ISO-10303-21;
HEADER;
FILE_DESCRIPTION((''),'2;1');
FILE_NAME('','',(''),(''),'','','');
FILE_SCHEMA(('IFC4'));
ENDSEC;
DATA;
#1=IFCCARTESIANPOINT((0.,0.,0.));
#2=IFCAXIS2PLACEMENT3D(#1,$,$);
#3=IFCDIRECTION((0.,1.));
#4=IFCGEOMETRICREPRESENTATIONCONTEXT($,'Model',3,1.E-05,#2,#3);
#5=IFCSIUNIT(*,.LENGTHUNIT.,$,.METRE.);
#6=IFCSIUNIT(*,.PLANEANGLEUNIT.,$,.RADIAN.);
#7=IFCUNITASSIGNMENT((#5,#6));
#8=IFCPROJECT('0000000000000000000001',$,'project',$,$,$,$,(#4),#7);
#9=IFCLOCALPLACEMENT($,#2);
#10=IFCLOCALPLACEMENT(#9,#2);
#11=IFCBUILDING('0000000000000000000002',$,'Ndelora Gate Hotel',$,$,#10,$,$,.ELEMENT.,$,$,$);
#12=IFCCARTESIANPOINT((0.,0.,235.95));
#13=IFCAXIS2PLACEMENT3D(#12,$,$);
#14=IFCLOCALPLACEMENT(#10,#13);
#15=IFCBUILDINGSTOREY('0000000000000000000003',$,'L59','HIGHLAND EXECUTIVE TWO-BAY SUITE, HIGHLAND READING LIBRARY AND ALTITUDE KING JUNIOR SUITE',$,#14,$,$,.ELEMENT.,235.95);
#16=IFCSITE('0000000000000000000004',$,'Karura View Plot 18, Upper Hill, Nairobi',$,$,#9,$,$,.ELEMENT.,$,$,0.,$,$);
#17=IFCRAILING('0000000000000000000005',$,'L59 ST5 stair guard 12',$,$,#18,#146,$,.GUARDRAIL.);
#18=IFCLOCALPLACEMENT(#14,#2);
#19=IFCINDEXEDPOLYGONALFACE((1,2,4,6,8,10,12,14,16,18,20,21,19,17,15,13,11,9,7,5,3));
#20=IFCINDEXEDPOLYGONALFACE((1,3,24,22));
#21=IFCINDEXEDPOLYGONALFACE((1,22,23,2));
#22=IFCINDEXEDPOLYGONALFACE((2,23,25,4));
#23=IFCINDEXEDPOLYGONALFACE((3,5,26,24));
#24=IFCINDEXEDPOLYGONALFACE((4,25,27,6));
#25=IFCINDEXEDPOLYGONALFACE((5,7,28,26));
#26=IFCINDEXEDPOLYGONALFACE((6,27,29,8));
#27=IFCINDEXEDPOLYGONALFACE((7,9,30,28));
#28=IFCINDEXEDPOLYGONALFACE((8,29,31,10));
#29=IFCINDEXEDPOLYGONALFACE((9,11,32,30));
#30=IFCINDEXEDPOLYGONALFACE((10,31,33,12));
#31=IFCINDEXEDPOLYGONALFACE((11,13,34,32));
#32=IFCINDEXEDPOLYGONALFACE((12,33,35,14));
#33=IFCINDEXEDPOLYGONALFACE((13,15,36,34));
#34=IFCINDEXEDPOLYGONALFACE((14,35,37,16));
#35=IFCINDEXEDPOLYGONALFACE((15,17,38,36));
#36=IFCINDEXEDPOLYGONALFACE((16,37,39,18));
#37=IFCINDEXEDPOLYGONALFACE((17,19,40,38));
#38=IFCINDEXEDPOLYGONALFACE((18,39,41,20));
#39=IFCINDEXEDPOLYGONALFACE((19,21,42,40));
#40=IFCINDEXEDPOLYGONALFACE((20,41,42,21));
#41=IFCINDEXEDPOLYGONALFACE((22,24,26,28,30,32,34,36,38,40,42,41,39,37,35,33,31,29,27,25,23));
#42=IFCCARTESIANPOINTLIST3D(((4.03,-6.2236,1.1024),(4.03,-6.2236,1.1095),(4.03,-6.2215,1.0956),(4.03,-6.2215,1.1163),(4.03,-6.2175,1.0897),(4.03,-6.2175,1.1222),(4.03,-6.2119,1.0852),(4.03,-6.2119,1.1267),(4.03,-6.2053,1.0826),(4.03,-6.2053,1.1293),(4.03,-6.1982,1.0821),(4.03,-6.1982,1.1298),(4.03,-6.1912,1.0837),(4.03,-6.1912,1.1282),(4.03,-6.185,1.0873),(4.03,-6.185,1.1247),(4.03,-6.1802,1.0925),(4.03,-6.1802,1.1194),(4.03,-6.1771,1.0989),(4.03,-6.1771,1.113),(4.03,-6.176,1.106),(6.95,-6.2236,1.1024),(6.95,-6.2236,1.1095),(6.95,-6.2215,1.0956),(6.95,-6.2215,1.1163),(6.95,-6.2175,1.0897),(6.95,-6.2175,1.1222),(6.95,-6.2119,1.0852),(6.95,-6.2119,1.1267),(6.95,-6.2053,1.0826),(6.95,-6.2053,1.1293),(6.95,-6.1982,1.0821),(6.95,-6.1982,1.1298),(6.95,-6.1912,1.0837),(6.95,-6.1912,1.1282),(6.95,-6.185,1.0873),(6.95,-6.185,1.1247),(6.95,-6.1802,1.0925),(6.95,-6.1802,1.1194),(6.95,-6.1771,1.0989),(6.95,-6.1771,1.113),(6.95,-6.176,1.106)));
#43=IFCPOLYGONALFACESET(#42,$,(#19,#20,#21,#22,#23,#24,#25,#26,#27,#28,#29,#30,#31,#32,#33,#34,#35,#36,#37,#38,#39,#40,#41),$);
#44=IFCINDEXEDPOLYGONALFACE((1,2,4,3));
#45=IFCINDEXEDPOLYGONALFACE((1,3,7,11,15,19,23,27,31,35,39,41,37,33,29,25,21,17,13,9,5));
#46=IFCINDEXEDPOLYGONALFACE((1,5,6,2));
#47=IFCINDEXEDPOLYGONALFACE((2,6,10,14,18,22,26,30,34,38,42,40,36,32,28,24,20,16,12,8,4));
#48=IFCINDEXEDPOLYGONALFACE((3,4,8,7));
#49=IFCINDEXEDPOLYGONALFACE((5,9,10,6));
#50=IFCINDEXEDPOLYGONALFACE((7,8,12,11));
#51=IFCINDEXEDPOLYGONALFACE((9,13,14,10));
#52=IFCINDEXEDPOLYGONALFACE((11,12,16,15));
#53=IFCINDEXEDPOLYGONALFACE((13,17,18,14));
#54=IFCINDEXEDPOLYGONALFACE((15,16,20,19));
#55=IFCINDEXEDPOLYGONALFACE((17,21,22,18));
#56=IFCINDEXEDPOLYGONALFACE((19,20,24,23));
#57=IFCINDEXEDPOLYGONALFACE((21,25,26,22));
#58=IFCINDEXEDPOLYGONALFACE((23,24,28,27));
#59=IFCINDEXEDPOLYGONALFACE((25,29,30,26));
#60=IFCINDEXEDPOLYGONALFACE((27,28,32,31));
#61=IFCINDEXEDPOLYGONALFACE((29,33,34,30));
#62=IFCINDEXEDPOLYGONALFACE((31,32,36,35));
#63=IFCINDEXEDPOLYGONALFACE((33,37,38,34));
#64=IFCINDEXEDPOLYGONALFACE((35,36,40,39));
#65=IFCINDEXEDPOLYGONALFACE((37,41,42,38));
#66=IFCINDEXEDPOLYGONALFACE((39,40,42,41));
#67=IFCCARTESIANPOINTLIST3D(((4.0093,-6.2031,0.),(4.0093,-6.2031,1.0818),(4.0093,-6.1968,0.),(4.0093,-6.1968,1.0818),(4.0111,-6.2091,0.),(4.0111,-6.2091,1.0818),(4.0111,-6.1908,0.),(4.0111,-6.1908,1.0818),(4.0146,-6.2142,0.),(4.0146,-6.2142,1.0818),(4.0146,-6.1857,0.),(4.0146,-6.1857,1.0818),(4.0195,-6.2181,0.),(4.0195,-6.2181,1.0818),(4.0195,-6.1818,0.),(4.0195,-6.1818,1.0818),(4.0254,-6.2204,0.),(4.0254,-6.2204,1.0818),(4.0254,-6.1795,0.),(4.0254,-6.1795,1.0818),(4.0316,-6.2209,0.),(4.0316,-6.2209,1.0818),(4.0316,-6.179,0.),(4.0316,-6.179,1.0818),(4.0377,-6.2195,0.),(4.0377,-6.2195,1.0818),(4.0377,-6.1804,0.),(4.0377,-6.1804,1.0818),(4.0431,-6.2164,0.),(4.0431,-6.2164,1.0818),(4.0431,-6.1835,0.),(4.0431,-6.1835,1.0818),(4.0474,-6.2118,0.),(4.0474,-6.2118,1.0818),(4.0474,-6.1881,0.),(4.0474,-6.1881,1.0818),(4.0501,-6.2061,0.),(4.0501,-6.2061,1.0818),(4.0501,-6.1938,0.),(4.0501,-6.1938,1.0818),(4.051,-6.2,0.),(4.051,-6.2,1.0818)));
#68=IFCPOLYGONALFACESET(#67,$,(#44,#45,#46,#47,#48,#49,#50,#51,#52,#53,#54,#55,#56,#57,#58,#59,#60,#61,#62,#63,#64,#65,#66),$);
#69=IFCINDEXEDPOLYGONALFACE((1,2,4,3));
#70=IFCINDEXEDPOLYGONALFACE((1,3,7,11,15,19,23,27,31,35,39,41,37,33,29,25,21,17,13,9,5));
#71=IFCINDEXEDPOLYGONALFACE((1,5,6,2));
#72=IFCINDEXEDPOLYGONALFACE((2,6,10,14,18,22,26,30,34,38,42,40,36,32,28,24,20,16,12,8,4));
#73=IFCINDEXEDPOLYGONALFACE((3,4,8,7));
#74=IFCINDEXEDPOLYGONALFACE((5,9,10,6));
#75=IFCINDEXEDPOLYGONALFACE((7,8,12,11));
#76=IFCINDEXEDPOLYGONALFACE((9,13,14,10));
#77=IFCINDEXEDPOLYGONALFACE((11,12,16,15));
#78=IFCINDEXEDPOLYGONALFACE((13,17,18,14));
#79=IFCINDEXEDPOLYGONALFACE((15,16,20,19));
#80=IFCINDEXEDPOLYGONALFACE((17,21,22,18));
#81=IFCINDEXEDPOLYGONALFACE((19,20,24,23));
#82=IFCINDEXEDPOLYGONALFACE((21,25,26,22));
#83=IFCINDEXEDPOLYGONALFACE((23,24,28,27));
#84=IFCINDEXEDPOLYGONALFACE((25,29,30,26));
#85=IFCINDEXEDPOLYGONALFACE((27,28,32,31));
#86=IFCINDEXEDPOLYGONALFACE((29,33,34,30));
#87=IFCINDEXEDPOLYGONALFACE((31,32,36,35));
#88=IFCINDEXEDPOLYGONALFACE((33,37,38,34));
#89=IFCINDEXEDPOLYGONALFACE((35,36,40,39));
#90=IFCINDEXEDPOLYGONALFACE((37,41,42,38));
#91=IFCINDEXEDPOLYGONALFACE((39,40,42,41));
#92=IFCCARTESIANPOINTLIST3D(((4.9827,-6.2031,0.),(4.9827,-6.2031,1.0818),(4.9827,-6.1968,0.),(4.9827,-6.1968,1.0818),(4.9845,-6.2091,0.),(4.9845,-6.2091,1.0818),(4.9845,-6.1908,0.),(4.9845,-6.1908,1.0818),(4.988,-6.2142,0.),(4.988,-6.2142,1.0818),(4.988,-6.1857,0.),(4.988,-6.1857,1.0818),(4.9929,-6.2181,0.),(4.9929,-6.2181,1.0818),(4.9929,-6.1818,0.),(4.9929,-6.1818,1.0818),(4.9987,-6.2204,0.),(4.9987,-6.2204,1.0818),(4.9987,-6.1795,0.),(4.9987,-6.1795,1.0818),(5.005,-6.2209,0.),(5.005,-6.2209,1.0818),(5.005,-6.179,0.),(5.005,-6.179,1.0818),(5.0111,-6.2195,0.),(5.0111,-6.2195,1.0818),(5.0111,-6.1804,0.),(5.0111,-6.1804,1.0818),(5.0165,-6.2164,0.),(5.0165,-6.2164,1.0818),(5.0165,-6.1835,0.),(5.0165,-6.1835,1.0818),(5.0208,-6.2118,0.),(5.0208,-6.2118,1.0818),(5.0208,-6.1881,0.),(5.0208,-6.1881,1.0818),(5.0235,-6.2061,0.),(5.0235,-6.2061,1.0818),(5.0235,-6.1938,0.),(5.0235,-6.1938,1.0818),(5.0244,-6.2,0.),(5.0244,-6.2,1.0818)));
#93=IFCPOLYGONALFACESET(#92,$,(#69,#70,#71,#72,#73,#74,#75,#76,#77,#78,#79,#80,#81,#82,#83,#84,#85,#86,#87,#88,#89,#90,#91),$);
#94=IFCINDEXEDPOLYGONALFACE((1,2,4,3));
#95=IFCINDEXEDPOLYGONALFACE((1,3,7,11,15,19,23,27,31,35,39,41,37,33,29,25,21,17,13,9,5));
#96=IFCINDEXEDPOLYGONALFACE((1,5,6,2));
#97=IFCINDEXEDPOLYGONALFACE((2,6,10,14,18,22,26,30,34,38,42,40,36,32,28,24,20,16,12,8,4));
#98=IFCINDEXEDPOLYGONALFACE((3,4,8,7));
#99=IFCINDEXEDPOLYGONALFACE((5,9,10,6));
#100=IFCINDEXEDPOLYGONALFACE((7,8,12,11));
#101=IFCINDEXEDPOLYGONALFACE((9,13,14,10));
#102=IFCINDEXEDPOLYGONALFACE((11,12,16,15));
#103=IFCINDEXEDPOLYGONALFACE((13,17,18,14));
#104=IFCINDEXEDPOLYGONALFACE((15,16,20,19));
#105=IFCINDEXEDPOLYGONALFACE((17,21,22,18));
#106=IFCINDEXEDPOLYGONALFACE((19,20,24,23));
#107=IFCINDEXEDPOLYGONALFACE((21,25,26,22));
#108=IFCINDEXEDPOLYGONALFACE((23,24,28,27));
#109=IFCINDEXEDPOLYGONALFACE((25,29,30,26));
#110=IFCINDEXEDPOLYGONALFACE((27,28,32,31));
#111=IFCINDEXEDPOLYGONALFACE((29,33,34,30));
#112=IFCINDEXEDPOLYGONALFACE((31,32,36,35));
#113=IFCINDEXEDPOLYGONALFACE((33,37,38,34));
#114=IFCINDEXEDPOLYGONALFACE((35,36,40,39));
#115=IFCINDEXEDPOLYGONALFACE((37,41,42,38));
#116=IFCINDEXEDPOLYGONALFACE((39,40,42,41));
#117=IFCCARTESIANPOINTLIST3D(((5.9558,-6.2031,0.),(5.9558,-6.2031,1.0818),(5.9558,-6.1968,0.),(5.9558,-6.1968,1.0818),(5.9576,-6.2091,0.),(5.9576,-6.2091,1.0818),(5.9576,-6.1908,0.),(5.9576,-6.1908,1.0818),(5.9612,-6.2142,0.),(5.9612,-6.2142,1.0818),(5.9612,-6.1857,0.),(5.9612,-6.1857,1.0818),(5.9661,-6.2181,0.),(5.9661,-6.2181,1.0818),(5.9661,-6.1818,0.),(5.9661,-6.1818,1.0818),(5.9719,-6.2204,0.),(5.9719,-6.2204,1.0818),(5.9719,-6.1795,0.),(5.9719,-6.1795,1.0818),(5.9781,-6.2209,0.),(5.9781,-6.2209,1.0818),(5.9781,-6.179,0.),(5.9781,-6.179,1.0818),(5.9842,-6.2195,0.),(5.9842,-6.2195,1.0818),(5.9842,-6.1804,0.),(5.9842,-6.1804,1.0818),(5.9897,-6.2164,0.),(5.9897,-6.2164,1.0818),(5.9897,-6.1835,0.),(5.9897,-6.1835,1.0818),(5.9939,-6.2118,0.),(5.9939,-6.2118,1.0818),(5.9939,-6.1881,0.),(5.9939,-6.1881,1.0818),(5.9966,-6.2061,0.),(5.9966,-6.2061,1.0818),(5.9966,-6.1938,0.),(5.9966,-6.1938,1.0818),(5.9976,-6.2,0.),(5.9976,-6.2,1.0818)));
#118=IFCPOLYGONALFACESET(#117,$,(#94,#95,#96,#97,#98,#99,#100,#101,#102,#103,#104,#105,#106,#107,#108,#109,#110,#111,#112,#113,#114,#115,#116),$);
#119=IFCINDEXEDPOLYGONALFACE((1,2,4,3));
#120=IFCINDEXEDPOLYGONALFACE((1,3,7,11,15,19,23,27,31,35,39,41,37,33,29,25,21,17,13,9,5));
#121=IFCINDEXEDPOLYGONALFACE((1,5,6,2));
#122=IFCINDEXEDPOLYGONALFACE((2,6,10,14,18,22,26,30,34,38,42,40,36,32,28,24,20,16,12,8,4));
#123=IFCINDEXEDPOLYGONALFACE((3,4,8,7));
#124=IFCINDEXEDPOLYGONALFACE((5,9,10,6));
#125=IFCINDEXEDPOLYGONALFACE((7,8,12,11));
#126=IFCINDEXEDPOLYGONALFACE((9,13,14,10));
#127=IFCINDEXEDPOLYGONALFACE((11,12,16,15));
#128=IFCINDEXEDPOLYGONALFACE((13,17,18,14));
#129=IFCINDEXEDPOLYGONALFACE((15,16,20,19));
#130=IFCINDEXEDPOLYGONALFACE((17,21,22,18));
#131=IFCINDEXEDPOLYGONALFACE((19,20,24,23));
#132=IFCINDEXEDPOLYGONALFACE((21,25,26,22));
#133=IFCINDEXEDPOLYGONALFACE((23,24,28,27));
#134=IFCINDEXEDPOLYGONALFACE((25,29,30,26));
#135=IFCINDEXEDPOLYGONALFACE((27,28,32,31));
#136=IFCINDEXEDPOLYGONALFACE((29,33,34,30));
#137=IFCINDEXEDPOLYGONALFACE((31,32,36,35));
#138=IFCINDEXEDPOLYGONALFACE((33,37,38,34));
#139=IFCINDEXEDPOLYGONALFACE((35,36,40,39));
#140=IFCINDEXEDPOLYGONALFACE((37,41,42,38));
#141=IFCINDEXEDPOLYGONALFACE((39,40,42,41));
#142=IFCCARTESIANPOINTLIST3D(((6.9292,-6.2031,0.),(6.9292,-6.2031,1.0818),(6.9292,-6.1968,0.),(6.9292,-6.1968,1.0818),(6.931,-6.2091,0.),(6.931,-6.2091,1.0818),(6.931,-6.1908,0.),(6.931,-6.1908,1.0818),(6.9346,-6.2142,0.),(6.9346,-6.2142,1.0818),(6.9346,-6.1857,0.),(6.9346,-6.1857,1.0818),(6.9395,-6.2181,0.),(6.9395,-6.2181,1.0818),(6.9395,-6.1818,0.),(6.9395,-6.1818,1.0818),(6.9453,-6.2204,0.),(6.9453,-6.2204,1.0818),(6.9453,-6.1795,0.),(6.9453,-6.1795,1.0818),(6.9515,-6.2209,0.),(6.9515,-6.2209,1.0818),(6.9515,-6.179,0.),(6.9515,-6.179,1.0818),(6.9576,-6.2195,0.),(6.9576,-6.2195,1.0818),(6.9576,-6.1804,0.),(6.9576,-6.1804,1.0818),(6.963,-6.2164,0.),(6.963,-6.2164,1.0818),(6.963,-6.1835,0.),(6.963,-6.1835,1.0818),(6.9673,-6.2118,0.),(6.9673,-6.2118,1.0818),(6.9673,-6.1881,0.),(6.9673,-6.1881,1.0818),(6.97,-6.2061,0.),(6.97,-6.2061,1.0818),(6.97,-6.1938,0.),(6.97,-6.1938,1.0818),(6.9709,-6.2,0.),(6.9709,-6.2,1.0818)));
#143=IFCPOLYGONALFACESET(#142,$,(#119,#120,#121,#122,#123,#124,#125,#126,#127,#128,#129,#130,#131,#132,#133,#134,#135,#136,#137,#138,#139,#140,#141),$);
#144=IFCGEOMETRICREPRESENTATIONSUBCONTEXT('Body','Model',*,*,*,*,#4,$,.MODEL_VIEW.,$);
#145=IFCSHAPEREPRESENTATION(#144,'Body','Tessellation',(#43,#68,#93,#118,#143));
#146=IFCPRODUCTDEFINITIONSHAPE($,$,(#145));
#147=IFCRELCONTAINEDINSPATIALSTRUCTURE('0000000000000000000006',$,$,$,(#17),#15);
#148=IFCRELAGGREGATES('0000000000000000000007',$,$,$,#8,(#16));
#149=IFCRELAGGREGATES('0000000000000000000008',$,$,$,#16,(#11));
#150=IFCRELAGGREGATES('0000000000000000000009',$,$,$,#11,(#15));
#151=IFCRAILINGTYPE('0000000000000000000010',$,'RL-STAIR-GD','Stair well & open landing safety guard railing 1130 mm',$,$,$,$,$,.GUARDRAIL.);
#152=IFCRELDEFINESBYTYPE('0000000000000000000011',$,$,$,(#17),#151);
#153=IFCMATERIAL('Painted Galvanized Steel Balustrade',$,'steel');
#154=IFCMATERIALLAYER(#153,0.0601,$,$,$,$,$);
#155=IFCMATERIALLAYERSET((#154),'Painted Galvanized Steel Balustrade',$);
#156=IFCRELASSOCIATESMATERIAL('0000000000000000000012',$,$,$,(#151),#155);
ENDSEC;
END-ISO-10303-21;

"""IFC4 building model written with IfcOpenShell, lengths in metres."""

from ifc_helpers import new_model, si_unit, direction, frame, origin, origin_2d, place, context, subcontext, project, spatial, circle, extrude, material, layer, layer_set, type_object, element, save


model = new_model("IFC4")

# Units and contexts
model_context = context("Model", 3, precision=1e-05, world=origin(), true_north=direction((0.0, 1.0)))
body_context = subcontext(model_context, "Body", "Model", "MODEL_VIEW")
ifc_project = project(units=[si_unit("LENGTHUNIT", "METRE"), si_unit("PLANEANGLEUNIT", "RADIAN")], contexts=[model_context])

# Site, building, storey
site_placement = place(None, origin())
site = spatial("IfcSite", under=ifc_project, at=site_placement, Name="Karura View Plot 18, Upper Hill, Nairobi", CompositionType="ELEMENT", RefElevation=0.0)
building_placement = place(site_placement, origin())
building = spatial("IfcBuilding", under=site, at=building_placement, Name="Ndelora Gate Hotel", CompositionType="ELEMENT")
storey_placement = place(building_placement, frame((0.0, 0.0, 235.95)))
storey = spatial("IfcBuildingStorey", under=building, at=storey_placement, Name="L59", Description="HIGHLAND EXECUTIVE TWO-BAY SUITE, HIGHLAND READING LIBRARY AND ALTITUDE KING JUNIOR SUITE", CompositionType="ELEMENT", Elevation=235.95)

# Railing
ifc_material_1 = material(Name="Painted Galvanized Steel Balustrade", Category="steel")
ifc_layer_1 = layer(ifc_material_1, 0.0601)
ifc_layer_set_1 = layer_set([ifc_layer_1], Name="Painted Galvanized Steel Balustrade")
railing_type_1 = type_object("IfcRailingType", Name="RL-STAIR-GD", Description="Stair well & open landing safety guard railing 1130 mm", PredefinedType="GUARDRAIL", material=ifc_layer_set_1)
railing_1_placement = place(storey_placement, frame((4.03, -6.2, 0.0)))
element("IfcRailing", 1, at=railing_1_placement, inside=storey, type_object=railing_type_1, Name="L59 ST5 stair guard 12", PredefinedType="GUARDRAIL", context=body_context, shape_type="SweptSolid", body=[
    extrude(circle(Radius=0.0239, at=origin_2d()), frame((0.0, 0.0, 1.106), z_axis=(1.0, 0.0, 0.0), x_axis=(0.0, 1.0, 0.0)), (0.0, 0.0, 1.0), 2.9199),
    extrude(circle(Radius=0.021, at=origin_2d()), origin(), (0.0, 0.0, 1.0), 1.0818),
    extrude(circle(Radius=0.021, at=origin_2d()), frame((0.9734, 0.0, 0.0)), (0.0, 0.0, 1.0), 1.0818),
    extrude(circle(Radius=0.021, at=origin_2d()), frame((1.9465, 0.0, 0.0)), (0.0, 0.0, 1.0), 1.0818),
    extrude(circle(Radius=0.021, at=origin_2d()), frame((2.9199, 0.0, 0.0)), (0.0, 0.0, 1.0), 1.0818),
])

save(model, "model.ifc")
